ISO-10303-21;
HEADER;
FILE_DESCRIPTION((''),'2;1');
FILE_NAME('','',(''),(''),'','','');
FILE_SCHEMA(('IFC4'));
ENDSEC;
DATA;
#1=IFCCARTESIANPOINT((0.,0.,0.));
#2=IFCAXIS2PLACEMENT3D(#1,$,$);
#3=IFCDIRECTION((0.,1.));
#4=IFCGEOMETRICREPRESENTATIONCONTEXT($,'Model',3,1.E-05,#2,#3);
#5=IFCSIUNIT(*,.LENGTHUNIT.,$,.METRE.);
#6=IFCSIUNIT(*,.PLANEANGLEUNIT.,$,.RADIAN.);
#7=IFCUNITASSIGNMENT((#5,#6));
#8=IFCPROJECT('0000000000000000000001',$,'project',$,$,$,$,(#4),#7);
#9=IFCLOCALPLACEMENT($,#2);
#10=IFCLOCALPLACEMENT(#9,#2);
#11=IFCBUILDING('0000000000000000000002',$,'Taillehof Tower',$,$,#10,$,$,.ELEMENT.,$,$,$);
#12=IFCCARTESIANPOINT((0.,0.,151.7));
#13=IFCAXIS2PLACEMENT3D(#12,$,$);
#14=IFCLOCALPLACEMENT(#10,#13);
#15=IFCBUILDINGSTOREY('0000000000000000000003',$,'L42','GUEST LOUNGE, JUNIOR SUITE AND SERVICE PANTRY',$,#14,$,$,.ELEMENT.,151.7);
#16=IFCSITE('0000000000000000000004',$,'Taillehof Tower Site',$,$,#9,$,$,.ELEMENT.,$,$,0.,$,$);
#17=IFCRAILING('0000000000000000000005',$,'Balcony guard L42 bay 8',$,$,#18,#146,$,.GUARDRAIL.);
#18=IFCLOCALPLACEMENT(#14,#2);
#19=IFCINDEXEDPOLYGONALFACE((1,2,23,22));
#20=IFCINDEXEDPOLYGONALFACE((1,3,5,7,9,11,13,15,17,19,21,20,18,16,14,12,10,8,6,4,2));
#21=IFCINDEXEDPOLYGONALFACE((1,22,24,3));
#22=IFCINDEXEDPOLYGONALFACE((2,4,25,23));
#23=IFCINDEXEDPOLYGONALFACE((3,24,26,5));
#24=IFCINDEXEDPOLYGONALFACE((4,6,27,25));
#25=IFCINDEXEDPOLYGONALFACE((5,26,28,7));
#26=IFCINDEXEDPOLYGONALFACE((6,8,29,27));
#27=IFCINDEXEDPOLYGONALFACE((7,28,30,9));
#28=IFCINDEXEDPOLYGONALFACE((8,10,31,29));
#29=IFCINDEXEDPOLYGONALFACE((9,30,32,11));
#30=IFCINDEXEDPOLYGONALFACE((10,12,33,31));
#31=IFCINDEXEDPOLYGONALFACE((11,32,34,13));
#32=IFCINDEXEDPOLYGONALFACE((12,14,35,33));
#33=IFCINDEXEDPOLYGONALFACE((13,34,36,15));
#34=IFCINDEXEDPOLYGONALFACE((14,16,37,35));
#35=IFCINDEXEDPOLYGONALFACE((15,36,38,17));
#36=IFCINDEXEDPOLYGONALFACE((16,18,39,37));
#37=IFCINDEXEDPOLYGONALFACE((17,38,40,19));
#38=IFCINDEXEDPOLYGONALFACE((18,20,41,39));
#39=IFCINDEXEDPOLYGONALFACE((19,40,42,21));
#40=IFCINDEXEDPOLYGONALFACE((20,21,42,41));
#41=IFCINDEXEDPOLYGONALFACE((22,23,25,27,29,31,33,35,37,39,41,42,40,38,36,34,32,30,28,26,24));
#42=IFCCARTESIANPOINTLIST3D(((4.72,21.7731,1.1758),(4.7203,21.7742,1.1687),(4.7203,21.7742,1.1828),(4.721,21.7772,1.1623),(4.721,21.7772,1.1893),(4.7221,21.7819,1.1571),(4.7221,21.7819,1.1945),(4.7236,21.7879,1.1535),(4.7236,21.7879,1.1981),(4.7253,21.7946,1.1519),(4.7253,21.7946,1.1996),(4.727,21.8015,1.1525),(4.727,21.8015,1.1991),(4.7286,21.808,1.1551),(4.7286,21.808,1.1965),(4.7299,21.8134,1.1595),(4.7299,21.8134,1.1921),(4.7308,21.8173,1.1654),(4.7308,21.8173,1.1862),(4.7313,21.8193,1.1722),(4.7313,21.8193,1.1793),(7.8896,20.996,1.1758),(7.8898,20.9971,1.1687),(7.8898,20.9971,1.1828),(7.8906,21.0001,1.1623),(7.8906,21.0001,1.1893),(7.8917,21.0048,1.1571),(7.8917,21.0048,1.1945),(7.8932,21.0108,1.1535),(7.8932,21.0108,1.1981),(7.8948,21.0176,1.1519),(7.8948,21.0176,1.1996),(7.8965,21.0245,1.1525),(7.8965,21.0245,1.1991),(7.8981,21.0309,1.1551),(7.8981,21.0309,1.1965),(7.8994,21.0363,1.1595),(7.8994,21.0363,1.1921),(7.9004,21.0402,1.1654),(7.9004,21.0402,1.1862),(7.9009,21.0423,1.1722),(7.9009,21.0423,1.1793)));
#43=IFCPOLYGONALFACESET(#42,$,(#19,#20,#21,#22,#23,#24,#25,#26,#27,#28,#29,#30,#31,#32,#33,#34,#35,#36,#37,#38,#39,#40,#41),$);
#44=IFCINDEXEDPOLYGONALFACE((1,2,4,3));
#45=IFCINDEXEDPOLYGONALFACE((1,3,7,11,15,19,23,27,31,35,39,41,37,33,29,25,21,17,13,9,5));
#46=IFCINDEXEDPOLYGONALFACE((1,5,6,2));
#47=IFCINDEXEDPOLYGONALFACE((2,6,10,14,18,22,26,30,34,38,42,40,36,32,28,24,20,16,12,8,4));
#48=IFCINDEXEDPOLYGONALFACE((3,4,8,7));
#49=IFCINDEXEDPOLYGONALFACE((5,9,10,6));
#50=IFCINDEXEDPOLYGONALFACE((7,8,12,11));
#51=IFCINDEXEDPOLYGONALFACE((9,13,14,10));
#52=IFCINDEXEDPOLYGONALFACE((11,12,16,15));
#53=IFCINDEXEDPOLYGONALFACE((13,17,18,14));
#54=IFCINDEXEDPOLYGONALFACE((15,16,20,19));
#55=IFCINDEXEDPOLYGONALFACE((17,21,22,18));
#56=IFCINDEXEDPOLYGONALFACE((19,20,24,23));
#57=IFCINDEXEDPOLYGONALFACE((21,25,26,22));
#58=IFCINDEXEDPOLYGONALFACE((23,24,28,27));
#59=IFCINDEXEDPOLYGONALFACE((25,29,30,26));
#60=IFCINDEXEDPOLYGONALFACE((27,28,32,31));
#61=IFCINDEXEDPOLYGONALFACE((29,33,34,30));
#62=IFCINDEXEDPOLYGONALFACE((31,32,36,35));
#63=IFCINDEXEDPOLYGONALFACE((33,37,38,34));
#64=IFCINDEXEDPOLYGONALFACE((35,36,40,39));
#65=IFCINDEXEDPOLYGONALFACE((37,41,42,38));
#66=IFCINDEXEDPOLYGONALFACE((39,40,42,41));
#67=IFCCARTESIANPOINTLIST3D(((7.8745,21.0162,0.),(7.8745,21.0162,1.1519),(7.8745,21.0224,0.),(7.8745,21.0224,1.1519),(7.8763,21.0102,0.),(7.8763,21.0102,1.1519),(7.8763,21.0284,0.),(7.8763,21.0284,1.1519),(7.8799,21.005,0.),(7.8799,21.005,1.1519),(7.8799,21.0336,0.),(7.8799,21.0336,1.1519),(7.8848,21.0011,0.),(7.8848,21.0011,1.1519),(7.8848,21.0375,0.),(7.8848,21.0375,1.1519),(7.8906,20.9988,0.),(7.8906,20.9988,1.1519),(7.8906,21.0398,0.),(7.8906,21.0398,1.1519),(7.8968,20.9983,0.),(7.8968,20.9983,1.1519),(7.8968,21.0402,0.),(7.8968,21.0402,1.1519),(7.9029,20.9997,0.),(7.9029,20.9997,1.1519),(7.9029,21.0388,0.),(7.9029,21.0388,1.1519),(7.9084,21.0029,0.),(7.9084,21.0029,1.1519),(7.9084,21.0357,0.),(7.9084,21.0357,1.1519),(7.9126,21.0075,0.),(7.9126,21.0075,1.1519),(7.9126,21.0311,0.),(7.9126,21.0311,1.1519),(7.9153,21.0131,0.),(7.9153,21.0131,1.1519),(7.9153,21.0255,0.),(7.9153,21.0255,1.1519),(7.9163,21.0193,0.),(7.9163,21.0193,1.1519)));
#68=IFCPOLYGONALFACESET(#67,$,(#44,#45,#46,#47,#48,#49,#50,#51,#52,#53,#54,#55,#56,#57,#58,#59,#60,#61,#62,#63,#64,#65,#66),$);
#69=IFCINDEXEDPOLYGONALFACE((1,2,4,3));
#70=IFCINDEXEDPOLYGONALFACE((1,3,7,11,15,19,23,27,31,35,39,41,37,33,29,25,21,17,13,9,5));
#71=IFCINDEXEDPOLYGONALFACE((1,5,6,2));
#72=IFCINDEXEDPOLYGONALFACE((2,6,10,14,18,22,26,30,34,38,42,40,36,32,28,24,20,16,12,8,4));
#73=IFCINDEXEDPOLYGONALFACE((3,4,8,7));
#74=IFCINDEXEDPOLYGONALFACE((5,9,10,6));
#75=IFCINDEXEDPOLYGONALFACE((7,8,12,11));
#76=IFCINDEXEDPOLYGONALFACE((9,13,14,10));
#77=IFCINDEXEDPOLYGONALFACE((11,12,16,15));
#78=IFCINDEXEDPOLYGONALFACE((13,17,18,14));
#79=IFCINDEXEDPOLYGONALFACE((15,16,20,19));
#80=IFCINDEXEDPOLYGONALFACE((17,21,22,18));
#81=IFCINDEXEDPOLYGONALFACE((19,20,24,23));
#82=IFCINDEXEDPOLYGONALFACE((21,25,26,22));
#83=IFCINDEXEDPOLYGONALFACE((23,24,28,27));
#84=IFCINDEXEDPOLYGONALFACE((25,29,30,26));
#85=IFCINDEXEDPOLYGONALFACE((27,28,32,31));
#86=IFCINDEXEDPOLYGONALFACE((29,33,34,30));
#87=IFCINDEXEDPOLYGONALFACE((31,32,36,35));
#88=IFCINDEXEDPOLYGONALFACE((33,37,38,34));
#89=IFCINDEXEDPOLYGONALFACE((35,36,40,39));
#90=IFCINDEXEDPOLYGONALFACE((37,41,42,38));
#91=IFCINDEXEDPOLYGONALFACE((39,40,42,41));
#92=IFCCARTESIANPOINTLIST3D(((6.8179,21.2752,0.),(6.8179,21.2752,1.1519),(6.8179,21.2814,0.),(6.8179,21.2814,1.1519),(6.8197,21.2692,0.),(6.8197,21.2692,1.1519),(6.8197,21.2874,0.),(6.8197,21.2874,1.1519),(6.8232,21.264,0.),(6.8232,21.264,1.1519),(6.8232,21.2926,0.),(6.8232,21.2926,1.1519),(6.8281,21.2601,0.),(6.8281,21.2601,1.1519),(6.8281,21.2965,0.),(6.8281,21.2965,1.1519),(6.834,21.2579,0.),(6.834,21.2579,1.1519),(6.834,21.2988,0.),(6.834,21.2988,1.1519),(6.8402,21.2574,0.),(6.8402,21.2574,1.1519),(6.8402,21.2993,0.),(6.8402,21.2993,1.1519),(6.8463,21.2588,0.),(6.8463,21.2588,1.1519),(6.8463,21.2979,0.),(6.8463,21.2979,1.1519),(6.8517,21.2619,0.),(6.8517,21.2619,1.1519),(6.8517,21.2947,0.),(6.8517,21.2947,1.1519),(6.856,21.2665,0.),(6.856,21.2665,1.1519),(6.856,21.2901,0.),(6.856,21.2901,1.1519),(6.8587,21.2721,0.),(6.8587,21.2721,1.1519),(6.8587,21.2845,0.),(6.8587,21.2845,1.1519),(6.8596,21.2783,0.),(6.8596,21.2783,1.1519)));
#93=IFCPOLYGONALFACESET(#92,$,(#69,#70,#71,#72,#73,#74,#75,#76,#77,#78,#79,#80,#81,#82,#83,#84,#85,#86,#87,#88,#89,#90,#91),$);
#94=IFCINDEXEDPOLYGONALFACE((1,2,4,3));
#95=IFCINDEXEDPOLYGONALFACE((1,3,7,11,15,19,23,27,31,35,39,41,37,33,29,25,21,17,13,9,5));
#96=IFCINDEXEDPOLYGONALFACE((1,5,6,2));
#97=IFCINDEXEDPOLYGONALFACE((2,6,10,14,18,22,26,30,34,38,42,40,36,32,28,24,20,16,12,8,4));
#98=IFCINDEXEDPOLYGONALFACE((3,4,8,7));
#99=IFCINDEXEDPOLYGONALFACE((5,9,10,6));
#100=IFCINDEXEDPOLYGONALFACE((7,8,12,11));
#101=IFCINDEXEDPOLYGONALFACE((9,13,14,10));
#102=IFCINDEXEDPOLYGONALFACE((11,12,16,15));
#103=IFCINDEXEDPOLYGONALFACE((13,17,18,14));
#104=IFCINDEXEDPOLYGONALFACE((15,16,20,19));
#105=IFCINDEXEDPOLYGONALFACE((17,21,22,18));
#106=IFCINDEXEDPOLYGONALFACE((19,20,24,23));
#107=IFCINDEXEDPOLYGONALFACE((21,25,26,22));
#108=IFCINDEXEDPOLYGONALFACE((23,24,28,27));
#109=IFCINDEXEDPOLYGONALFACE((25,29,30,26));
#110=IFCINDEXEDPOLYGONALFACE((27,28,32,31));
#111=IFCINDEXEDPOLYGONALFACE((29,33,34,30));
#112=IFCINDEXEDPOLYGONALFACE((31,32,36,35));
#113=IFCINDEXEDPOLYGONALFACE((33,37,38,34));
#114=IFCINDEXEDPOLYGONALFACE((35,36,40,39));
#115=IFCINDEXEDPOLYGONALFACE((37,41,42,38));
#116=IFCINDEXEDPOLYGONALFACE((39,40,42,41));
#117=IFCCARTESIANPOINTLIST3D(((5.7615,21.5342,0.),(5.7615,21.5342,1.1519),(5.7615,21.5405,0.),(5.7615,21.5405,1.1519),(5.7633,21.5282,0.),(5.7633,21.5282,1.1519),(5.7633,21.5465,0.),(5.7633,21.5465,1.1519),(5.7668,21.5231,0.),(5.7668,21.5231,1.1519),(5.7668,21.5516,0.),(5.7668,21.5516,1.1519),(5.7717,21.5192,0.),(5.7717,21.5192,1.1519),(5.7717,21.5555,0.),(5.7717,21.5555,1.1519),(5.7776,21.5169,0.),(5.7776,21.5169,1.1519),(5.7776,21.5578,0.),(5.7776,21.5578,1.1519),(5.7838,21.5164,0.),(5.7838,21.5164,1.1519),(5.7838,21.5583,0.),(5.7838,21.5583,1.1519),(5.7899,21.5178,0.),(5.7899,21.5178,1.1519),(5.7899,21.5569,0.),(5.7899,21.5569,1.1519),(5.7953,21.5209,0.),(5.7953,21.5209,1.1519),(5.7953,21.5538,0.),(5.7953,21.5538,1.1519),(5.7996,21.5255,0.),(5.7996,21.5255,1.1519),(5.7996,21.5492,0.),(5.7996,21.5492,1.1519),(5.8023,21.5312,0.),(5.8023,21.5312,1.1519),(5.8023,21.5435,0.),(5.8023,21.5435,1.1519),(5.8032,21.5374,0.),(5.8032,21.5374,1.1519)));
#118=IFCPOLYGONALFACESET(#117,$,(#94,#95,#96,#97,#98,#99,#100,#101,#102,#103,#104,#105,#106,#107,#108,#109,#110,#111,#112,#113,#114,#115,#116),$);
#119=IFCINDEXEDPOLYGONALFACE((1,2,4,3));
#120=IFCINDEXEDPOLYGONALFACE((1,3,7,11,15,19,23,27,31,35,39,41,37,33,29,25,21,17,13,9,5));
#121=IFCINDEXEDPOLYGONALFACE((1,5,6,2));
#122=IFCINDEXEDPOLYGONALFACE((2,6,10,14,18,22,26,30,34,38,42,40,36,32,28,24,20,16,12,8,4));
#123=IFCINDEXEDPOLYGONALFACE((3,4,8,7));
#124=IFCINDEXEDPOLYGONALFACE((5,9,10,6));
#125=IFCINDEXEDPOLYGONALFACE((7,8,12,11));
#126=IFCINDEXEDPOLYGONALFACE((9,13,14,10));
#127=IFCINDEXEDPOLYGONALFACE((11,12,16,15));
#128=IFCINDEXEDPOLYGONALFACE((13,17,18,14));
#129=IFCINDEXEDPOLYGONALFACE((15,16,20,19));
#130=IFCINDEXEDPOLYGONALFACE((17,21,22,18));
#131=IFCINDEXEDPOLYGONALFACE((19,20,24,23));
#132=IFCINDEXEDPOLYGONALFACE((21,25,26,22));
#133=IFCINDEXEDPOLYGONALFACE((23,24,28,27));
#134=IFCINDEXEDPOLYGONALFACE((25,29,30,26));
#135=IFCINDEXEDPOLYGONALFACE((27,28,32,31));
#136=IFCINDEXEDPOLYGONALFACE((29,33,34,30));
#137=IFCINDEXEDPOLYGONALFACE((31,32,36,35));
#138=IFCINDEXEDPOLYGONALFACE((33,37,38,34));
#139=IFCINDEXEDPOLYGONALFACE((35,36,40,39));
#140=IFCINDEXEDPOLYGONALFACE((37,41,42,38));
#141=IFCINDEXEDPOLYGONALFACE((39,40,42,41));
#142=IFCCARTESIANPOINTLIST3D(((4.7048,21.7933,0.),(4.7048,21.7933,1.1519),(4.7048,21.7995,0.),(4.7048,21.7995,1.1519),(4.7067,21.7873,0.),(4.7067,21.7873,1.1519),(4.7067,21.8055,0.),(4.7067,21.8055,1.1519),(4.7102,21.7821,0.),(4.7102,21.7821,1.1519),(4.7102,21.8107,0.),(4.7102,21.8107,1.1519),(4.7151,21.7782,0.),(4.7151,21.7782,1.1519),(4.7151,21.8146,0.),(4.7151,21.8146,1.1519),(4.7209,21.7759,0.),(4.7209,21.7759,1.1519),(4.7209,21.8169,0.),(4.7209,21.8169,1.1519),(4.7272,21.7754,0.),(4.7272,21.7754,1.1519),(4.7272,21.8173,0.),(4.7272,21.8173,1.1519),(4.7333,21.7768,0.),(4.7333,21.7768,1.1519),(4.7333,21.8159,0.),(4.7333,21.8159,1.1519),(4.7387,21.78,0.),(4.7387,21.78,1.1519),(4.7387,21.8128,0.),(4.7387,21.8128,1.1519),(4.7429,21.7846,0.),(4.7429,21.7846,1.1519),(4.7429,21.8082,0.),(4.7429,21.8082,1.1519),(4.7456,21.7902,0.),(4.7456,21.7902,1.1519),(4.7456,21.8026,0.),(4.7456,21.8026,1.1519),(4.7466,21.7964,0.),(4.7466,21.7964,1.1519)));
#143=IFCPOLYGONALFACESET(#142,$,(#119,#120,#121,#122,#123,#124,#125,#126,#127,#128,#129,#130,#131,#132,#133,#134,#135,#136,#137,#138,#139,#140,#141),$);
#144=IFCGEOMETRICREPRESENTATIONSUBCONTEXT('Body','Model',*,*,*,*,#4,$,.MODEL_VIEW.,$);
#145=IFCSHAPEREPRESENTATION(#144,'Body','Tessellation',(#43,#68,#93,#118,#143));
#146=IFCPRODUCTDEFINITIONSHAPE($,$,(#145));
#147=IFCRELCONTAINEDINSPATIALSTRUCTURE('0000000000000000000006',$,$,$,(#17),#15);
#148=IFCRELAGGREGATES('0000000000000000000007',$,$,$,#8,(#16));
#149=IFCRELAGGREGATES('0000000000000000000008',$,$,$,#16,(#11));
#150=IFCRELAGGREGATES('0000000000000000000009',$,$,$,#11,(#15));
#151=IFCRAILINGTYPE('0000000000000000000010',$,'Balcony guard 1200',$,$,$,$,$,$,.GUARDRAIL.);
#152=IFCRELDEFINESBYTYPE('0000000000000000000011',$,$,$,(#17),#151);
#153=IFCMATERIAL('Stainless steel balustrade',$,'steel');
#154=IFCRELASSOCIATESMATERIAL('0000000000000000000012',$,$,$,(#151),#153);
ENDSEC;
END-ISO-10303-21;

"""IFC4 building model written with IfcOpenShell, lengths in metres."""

from ifc_helpers import new_model, si_unit, direction, frame, origin, origin_2d, place, context, subcontext, project, spatial, circle, extrude, material, type_object, element, save


model = new_model("IFC4")

# Units and contexts
model_context = context("Model", 3, precision=1e-05, world=origin(), true_north=direction((0.0, 1.0)))
body_context = subcontext(model_context, "Body", "Model", "MODEL_VIEW")
ifc_project = project(units=[si_unit("LENGTHUNIT", "METRE"), si_unit("PLANEANGLEUNIT", "RADIAN")], contexts=[model_context])

# Site, building, storey
site_placement = place(None, origin())
site = spatial("IfcSite", under=ifc_project, at=site_placement, Name="Taillehof Tower Site", CompositionType="ELEMENT", RefElevation=0.0)
building_placement = place(site_placement, origin())
building = spatial("IfcBuilding", under=site, at=building_placement, Name="Taillehof Tower", CompositionType="ELEMENT")
storey_placement = place(building_placement, frame((0.0, 0.0, 151.7)))
storey = spatial("IfcBuildingStorey", under=building, at=storey_placement, Name="L42", Description="GUEST LOUNGE, JUNIOR SUITE AND SERVICE PANTRY", CompositionType="ELEMENT", Elevation=151.7)

# Railing
ifc_material_1 = material(Name="Stainless steel balustrade", Category="steel")
railing_type = type_object("IfcRailingType", Name="Balcony guard 1200", PredefinedType="GUARDRAIL", material=ifc_material_1)
railing_placement = place(storey_placement, frame((7.8953, 21.0193, 0.0)))
element("IfcRailing", 1, at=railing_placement, inside=storey, type_object=railing_type, Name="Balcony guard L42 bay 8", PredefinedType="GUARDRAIL", context=body_context, shape_type="SweptSolid", body=[
    extrude(circle(Radius=0.0239, at=origin_2d()), frame((0.0, 0.0, 1.1758), z_axis=(-0.971237, 0.238115, 0.0), x_axis=(-0.238115, -0.971237, 0.0)), (0.0, 0.0, 1.0), 3.2634),
    extrude(circle(Radius=0.021, at=origin_2d()), origin(), (0.0, 0.0, 1.0), 1.1519),
    extrude(circle(Radius=0.021, at=origin_2d()), frame((-1.0566, 0.259, 0.0)), (0.0, 0.0, 1.0), 1.1519),
    extrude(circle(Radius=0.021, at=origin_2d()), frame((-2.113, 0.5181, 0.0)), (0.0, 0.0, 1.0), 1.1519),
    extrude(circle(Radius=0.021, at=origin_2d()), frame((-3.1697, 0.7771, 0.0)), (0.0, 0.0, 1.0), 1.1519),
])

save(model, "model.ifc")
